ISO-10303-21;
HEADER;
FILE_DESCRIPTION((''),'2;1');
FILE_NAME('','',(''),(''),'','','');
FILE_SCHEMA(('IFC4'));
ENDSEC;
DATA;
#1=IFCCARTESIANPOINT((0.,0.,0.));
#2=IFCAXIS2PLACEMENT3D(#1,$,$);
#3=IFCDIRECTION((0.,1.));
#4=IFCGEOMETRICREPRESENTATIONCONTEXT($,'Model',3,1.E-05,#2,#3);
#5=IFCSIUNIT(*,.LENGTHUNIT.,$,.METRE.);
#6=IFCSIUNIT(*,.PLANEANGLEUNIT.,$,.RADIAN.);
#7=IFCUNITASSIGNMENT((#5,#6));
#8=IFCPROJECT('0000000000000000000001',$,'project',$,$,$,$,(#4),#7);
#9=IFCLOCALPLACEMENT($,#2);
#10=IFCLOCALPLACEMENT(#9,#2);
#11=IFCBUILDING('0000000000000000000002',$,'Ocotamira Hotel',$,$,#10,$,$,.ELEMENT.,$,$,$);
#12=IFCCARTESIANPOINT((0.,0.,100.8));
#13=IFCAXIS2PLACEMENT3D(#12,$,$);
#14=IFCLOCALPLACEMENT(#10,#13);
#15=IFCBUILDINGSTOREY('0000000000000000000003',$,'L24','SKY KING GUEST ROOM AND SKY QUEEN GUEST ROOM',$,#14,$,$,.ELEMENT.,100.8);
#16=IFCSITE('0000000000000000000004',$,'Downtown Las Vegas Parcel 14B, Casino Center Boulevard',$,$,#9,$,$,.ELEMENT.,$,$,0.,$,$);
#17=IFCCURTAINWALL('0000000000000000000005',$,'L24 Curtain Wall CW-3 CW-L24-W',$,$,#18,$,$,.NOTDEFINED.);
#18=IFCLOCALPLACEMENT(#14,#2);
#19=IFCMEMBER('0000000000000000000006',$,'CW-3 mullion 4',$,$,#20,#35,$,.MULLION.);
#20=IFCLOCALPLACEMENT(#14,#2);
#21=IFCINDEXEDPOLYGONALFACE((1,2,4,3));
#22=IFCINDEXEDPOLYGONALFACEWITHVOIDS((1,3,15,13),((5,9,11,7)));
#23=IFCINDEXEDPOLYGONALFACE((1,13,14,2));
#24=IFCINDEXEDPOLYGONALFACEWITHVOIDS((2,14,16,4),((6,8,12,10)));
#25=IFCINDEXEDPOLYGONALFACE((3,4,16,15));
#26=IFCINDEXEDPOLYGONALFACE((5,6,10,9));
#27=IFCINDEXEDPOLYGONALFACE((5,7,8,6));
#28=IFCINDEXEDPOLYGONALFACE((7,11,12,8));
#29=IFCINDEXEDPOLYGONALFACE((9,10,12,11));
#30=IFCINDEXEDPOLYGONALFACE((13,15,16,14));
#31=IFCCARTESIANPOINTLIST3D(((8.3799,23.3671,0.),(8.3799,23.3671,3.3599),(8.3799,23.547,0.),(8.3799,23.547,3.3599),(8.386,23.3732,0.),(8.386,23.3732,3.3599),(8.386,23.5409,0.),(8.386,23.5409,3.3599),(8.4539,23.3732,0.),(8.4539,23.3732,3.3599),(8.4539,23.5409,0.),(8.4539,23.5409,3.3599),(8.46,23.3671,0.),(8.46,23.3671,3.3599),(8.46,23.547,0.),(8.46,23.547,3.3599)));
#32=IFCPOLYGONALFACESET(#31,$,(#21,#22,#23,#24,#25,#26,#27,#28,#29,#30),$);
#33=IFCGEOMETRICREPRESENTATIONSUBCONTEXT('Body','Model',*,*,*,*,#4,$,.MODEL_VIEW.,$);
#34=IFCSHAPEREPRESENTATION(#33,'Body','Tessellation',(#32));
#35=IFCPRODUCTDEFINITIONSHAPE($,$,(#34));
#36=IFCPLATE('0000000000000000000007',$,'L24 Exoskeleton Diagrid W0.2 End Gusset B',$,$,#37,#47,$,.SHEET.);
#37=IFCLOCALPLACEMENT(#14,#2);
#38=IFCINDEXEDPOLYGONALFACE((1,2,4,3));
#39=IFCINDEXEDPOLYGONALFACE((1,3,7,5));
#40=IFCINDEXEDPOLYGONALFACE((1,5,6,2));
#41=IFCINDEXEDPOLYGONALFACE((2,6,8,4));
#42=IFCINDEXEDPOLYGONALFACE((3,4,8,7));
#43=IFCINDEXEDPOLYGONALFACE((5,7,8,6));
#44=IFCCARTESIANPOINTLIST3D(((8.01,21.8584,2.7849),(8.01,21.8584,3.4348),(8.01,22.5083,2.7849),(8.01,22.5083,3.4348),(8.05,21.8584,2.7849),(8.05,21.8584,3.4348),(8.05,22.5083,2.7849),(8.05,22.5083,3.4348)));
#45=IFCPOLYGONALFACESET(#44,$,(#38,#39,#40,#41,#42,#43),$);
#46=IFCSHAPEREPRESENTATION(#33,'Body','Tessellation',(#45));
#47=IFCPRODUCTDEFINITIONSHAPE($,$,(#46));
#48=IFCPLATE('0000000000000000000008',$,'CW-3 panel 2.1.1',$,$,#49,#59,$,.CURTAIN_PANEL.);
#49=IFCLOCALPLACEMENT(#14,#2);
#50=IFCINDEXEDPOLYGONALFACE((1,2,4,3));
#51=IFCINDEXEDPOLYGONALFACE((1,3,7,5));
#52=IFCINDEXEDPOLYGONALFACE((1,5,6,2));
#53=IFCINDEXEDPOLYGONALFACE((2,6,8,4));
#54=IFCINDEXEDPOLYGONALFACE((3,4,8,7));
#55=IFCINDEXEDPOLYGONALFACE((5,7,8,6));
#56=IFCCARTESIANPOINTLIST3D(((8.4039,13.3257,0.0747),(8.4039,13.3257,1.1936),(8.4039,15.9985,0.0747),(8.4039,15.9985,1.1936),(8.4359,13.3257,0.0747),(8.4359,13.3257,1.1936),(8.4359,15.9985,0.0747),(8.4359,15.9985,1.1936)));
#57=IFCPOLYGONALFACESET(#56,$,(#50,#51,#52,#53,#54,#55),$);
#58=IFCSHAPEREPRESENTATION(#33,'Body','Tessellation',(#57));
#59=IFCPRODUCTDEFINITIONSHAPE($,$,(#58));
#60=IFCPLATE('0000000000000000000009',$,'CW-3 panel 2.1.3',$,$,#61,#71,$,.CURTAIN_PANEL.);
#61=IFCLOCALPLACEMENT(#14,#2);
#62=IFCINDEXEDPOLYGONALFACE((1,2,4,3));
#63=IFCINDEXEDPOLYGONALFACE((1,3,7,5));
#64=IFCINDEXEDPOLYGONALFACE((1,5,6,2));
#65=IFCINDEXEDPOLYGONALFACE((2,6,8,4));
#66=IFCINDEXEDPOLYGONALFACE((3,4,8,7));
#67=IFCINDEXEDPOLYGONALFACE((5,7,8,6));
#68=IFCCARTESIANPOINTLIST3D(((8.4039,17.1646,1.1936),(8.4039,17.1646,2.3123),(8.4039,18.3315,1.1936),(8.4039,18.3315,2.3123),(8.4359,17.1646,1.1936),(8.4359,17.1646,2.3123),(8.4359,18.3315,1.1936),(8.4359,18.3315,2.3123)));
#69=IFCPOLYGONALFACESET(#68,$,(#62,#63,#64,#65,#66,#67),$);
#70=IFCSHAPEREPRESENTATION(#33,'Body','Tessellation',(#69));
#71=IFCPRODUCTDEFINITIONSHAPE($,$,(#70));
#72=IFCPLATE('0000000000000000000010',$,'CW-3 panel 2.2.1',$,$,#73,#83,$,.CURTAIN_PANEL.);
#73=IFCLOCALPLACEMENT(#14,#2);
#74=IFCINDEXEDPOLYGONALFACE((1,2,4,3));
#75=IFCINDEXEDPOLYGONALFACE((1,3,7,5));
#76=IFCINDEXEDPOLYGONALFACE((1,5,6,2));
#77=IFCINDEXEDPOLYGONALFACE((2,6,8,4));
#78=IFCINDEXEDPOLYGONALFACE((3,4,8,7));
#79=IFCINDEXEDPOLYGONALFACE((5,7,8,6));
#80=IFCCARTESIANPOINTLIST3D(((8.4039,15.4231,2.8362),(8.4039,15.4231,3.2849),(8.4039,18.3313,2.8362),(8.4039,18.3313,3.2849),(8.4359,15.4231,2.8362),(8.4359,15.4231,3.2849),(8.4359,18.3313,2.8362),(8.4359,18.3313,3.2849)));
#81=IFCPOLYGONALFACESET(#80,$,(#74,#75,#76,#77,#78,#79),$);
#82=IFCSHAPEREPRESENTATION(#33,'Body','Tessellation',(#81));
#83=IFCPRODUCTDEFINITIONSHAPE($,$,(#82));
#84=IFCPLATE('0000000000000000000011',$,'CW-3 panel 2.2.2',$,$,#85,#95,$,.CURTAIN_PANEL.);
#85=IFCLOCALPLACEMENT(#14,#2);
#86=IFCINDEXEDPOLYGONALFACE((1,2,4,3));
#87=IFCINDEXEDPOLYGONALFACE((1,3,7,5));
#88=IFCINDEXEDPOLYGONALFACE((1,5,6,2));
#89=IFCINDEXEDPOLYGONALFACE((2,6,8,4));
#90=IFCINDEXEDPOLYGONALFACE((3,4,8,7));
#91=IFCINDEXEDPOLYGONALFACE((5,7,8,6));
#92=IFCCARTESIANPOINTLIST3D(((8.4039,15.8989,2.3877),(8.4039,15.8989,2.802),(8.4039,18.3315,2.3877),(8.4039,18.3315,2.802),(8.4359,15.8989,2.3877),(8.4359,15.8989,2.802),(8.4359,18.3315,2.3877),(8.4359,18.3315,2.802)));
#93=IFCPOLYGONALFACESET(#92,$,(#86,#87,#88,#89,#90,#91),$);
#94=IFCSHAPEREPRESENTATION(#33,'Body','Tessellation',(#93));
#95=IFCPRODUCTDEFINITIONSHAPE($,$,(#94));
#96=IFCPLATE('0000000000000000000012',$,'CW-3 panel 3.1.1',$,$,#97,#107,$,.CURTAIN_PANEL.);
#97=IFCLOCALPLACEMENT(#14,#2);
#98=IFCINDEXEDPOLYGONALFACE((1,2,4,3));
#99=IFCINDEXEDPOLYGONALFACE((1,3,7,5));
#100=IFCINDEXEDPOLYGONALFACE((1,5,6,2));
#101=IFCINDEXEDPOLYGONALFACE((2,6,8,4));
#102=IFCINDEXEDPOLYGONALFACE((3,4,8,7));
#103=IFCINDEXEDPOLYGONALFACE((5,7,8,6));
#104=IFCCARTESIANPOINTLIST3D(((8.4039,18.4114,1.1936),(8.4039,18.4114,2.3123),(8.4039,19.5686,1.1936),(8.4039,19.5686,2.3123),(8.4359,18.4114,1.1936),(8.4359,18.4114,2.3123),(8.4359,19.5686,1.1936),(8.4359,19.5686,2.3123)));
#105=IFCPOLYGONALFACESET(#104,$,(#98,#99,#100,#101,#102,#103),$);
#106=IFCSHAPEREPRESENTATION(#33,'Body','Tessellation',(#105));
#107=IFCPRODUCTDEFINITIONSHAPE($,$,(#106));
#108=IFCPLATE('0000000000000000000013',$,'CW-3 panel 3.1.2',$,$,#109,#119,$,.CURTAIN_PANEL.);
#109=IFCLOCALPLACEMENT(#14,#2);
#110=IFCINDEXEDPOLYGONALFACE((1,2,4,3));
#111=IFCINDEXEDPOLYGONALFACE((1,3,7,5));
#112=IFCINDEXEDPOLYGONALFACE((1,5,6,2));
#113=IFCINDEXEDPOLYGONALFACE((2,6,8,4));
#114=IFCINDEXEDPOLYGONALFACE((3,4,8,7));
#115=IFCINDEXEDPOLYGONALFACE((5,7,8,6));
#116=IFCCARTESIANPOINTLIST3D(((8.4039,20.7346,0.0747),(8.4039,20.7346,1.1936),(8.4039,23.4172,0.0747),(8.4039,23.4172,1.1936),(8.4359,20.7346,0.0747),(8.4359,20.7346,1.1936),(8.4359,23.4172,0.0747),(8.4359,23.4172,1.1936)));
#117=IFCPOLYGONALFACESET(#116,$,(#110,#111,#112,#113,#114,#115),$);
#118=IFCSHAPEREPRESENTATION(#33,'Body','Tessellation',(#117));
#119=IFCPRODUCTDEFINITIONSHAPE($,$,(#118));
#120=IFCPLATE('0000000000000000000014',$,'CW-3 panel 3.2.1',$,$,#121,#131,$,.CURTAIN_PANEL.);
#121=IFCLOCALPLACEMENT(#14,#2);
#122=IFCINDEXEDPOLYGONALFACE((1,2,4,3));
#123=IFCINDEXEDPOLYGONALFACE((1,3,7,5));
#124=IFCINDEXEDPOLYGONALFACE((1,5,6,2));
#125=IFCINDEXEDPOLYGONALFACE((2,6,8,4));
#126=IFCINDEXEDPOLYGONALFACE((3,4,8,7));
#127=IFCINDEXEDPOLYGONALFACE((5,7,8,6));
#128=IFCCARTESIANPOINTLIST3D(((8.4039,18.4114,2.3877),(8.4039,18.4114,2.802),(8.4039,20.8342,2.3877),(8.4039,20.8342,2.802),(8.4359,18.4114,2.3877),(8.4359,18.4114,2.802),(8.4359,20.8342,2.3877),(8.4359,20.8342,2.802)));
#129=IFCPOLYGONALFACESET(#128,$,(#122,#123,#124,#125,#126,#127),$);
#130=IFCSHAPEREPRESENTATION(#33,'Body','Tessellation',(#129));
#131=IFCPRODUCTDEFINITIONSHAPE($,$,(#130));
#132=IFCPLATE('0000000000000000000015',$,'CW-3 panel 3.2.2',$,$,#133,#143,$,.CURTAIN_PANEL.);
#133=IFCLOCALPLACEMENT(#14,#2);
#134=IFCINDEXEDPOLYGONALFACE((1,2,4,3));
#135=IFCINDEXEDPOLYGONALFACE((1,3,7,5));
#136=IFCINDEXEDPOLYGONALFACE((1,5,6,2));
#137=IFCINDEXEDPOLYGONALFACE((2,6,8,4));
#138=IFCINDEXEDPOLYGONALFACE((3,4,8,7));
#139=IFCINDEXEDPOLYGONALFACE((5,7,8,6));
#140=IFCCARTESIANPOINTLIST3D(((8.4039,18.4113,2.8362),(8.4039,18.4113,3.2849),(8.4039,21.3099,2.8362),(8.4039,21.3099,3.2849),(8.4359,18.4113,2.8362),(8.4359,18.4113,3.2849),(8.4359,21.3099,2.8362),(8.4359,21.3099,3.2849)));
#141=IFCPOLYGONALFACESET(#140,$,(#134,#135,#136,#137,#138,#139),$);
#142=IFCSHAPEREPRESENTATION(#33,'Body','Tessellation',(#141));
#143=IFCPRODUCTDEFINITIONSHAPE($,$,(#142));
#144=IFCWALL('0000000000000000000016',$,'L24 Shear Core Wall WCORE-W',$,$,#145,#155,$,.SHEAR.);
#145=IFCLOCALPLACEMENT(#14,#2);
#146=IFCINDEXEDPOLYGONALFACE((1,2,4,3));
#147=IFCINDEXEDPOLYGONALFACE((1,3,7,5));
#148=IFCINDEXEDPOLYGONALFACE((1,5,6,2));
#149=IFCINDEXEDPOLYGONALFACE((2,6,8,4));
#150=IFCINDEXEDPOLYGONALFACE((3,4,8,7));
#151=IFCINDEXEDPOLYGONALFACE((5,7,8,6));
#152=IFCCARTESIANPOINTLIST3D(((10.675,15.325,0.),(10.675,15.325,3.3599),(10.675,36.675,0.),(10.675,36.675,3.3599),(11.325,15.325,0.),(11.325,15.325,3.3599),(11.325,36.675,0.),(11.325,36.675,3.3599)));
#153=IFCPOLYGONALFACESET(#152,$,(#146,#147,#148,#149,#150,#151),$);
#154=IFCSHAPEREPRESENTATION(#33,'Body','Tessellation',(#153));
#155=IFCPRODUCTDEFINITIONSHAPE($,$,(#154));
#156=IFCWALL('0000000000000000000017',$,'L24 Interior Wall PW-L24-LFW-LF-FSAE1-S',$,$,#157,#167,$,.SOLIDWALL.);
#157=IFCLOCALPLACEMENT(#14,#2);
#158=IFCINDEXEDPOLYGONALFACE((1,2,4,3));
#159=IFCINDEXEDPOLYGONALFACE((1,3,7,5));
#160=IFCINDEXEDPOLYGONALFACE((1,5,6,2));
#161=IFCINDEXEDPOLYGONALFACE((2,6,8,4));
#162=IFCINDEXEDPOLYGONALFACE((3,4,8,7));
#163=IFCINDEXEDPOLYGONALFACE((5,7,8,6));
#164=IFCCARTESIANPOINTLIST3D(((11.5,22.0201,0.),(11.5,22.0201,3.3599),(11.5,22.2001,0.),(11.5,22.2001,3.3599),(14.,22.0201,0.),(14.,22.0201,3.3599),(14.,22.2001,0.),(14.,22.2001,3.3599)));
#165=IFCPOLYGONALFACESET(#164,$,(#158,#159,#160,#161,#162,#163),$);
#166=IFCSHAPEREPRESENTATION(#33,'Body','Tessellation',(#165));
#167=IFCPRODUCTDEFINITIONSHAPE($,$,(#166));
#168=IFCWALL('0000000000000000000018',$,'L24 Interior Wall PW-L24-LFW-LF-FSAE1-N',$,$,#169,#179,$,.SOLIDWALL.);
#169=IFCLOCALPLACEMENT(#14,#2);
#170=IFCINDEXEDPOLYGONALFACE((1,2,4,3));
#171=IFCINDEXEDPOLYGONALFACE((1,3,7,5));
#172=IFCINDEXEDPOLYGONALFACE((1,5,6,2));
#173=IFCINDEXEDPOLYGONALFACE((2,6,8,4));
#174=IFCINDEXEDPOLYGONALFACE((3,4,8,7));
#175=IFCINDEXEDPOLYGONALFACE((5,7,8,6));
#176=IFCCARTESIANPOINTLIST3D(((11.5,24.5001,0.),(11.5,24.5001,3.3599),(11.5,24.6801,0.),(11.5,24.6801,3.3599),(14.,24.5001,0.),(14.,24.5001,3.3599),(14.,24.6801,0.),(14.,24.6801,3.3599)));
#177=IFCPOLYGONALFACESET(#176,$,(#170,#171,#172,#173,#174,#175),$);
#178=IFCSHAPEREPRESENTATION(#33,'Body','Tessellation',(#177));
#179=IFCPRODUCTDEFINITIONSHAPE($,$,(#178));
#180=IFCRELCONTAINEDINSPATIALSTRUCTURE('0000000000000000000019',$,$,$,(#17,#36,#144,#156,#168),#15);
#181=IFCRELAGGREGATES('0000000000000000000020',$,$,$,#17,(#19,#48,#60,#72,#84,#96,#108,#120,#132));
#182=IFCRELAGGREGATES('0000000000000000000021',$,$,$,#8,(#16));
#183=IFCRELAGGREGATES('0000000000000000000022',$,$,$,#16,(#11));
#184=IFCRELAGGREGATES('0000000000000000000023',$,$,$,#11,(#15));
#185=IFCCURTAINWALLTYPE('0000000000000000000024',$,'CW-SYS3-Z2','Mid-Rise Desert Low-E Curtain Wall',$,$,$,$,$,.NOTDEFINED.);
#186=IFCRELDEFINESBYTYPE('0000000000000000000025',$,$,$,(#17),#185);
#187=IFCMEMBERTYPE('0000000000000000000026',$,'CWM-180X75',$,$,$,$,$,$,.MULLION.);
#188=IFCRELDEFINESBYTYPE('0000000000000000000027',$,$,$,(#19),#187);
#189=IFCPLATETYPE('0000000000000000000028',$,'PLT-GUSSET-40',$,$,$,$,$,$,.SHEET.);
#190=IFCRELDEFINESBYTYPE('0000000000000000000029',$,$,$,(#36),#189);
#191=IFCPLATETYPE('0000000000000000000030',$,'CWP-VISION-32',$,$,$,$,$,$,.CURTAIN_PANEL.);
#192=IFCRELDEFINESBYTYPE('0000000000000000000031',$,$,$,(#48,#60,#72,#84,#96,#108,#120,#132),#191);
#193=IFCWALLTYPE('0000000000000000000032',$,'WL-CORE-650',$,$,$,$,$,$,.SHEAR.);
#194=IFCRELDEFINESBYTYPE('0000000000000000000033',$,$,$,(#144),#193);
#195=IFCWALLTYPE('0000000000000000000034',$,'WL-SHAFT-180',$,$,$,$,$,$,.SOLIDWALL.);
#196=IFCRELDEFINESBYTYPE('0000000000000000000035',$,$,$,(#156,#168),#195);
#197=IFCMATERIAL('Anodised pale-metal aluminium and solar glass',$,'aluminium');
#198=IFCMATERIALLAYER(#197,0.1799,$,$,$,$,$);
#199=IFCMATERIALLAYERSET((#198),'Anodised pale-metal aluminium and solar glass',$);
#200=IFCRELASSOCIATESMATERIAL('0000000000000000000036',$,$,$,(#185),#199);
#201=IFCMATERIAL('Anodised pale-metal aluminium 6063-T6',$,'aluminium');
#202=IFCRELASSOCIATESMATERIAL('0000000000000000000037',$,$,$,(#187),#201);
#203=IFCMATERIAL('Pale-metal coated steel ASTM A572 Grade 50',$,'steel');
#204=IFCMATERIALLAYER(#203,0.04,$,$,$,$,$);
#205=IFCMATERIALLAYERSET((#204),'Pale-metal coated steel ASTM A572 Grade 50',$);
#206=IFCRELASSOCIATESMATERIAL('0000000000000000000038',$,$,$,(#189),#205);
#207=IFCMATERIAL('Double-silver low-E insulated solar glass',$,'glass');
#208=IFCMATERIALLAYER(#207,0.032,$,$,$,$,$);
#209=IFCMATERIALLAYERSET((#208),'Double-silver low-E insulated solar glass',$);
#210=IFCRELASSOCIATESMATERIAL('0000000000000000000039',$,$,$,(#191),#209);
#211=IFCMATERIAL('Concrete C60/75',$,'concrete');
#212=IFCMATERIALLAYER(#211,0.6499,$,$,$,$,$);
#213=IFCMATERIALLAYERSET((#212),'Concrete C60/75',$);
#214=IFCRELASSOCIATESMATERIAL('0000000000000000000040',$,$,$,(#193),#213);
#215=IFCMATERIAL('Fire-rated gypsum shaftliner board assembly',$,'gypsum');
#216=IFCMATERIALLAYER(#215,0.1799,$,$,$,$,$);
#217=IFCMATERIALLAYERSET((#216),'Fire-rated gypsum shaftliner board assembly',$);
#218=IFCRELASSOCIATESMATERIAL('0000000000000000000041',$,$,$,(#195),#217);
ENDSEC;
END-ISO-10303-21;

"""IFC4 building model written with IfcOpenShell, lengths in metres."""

from ifc_helpers import new_model, si_unit, direction, frame, frame_2d, origin, origin_2d, place, context, subcontext, project, spatial, rectangle, hollow_rectangle, extrude, source, transform, mapped, material, layer, layer_set, material_profile, profile_set, type_object, element, aggregate, save


model = new_model("IFC4")

# Units and contexts
model_context = context("Model", 3, precision=1e-05, world=origin(), true_north=direction((0.0, 1.0)))
body_context = subcontext(model_context, "Body", "Model", "MODEL_VIEW")
ifc_project = project(units=[si_unit("LENGTHUNIT", "METRE"), si_unit("PLANEANGLEUNIT", "RADIAN")], contexts=[model_context])

# Site, building, storey
site_placement = place(None, origin())
site = spatial("IfcSite", under=ifc_project, at=site_placement, Name="Downtown Las Vegas Parcel 14B, Casino Center Boulevard", CompositionType="ELEMENT", RefElevation=0.0)
building_placement = place(site_placement, origin())
building = spatial("IfcBuilding", under=site, at=building_placement, Name="Ocotamira Hotel", CompositionType="ELEMENT")
storey_placement = place(building_placement, frame((0.0, 0.0, 100.8)))
storey = spatial("IfcBuildingStorey", under=building, at=storey_placement, Name="L24", Description="SKY KING GUEST ROOM AND SKY QUEEN GUEST ROOM", CompositionType="ELEMENT", Elevation=100.8)

# Shared definitions
ifc_material_1 = material(Name="Concrete C60/75", Category="concrete")

# Curtain wall, member
ifc_material_2 = material(Name="Anodised pale-metal aluminium and solar glass", Category="aluminium")
ifc_layer_1 = layer(ifc_material_2, 0.1799)
ifc_layer_set_1 = layer_set([ifc_layer_1], Name="Anodised pale-metal aluminium and solar glass")
curtain_wall_type = type_object("IfcCurtainWallType", Name="CW-SYS3-Z2", Description="Mid-Rise Desert Low-E Curtain Wall", PredefinedType="NOTDEFINED", material=ifc_layer_set_1)
curtain_wall_placement = place(storey_placement, origin())
curtain_wall = element("IfcCurtainWall", 1, at=curtain_wall_placement, inside=storey, type_object=curtain_wall_type, Name="L24 Curtain Wall CW-3 CW-L24-W", PredefinedType="NOTDEFINED")
ifc_material_3 = material(Name="Anodised pale-metal aluminium 6063-T6", Category="aluminium")
ifc_material_profile_1 = material_profile(ifc_material_3, hollow_rectangle(XDim=0.0801, YDim=0.1799, WallThickness=0.0061, at=origin_2d()), Name="HSS180X80X6")
ifc_profile_set_1 = profile_set([ifc_material_profile_1], Name="Anodised pale-metal aluminium 6063-T6")
member_type_1 = type_object("IfcMemberType", Name="CWM-180X75", PredefinedType="MULLION", material=ifc_profile_set_1)
shared_shape_1 = source(origin(), body_context, "Body", "SweptSolid", [
    extrude(hollow_rectangle(XDim=0.0801, YDim=0.1799, WallThickness=0.0061, at=origin_2d()), origin(), (0.0, 0.0, 1.0), 3.3599),
])
member_1_placement = place(storey_placement, frame((8.4199, 23.457, 0.0), z_axis=(0.0, 0.0, 1.0), x_axis=(-1.0, 0.0, 0.0)))
member_1 = element("IfcMember", 2, at=member_1_placement, type_object=member_type_1, Name="CW-3 mullion 4", PredefinedType="MULLION", context=body_context, shape_type="MappedRepresentation", body=[
    mapped(shared_shape_1, transform((0.0, 0.0, 0.0), scale=1.0)),
])

# Plates
ifc_material_4 = material(Name="Pale-metal coated steel ASTM A572 Grade 50", Category="steel")
ifc_layer_2 = layer(ifc_material_4, 0.04)
ifc_layer_set_2 = layer_set([ifc_layer_2], Name="Pale-metal coated steel ASTM A572 Grade 50")
plate_type_1 = type_object("IfcPlateType", Name="PLT-GUSSET-40", PredefinedType="SHEET", material=ifc_layer_set_2)
shared_shape_2 = source(origin(), body_context, "Body", "SweptSolid", [
    extrude(rectangle(XDim=0.04, YDim=0.6499, at=origin_2d()), origin(), (0.0, 0.0, 1.0), 0.6499),
])
plate_1_placement = place(storey_placement, frame((8.03, 22.1833, 2.7849), z_axis=(0.0, 0.0, 1.0), x_axis=(1.0, 0.0, 0.0)))
element("IfcPlate", 3, at=plate_1_placement, inside=storey, type_object=plate_type_1, Name="L24 Exoskeleton Diagrid W0.2 End Gusset B", PredefinedType="SHEET", context=body_context, shape_type="MappedRepresentation", body=[
    mapped(shared_shape_2, transform((0.0, 0.0, 0.0), scale=1.0)),
])
ifc_material_5 = material(Name="Double-silver low-E insulated solar glass", Category="glass")
ifc_layer_3 = layer(ifc_material_5, 0.032)
ifc_layer_set_3 = layer_set([ifc_layer_3], Name="Double-silver low-E insulated solar glass")
plate_type_2 = type_object("IfcPlateType", Name="CWP-VISION-32", PredefinedType="CURTAIN_PANEL", material=ifc_layer_set_3)
shared_shape_3 = source(origin(), body_context, "Body", "SweptSolid", [
    extrude(rectangle(XDim=2.6729, YDim=0.032, at=origin_2d()), origin(), (0.0, 0.0, 1.0), 1.1189),
])
plate_2_placement = place(storey_placement, frame((8.4199, 14.6621, 0.0747), z_axis=(0.0, 0.0, 1.0), x_axis=(0.0, 1.0, 0.0)))
plate_2 = element("IfcPlate", 4, at=plate_2_placement, type_object=plate_type_2, Name="CW-3 panel 2.1.1", PredefinedType="CURTAIN_PANEL", context=body_context, shape_type="MappedRepresentation", body=[
    mapped(shared_shape_3, transform((0.0, 0.0, 0.0), scale=1.0)),
])
shared_shape_4 = source(origin(), body_context, "Body", "SweptSolid", [
    extrude(rectangle(XDim=1.167, YDim=0.032, at=origin_2d()), origin(), (0.0, 0.0, 1.0), 1.1187),
])
plate_3_placement = place(storey_placement, frame((8.4199, 17.748, 1.1936), z_axis=(0.0, 0.0, 1.0), x_axis=(0.0, 1.0, 0.0)))
plate_3 = element("IfcPlate", 5, at=plate_3_placement, type_object=plate_type_2, Name="CW-3 panel 2.1.3", PredefinedType="CURTAIN_PANEL", context=body_context, shape_type="MappedRepresentation", body=[
    mapped(shared_shape_4, transform((0.0, 0.0, 0.0), scale=1.0)),
])
shared_shape_5 = source(origin(), body_context, "Body", "SweptSolid", [
    extrude(rectangle(XDim=2.9082, YDim=0.032, at=origin_2d()), origin(), (0.0, 0.0, 1.0), 0.4487),
])
plate_4_placement = place(storey_placement, frame((8.4199, 16.8772, 2.8362), z_axis=(0.0, 0.0, 1.0), x_axis=(0.0, 1.0, 0.0)))
plate_4 = element("IfcPlate", 6, at=plate_4_placement, type_object=plate_type_2, Name="CW-3 panel 2.2.1", PredefinedType="CURTAIN_PANEL", context=body_context, shape_type="MappedRepresentation", body=[
    mapped(shared_shape_5, transform((0.0, 0.0, 0.0), scale=1.0)),
])
shared_shape_6 = source(origin(), body_context, "Body", "SweptSolid", [
    extrude(rectangle(XDim=2.4326, YDim=0.032, at=origin_2d()), origin(), (0.0, 0.0, 1.0), 0.4143),
])
plate_5_placement = place(storey_placement, frame((8.4199, 17.1152, 2.3877), z_axis=(0.0, 0.0, 1.0), x_axis=(0.0, 1.0, 0.0)))
plate_5 = element("IfcPlate", 7, at=plate_5_placement, type_object=plate_type_2, Name="CW-3 panel 2.2.2", PredefinedType="CURTAIN_PANEL", context=body_context, shape_type="MappedRepresentation", body=[
    mapped(shared_shape_6, transform((0.0, 0.0, 0.0), scale=1.0)),
])
shared_shape_7 = source(origin(), body_context, "Body", "SweptSolid", [
    extrude(rectangle(XDim=1.1572, YDim=0.032, at=origin_2d()), origin(), (0.0, 0.0, 1.0), 1.1187),
])
plate_6_placement = place(storey_placement, frame((8.4199, 18.99, 1.1936), z_axis=(0.0, 0.0, 1.0), x_axis=(0.0, 1.0, 0.0)))
plate_6 = element("IfcPlate", 8, at=plate_6_placement, type_object=plate_type_2, Name="CW-3 panel 3.1.1", PredefinedType="CURTAIN_PANEL", context=body_context, shape_type="MappedRepresentation", body=[
    mapped(shared_shape_7, transform((0.0, 0.0, 0.0), scale=1.0)),
])
shared_shape_8 = source(origin(), body_context, "Body", "SweptSolid", [
    extrude(rectangle(XDim=2.6826, YDim=0.032, at=origin_2d()), origin(), (0.0, 0.0, 1.0), 1.1189),
])
plate_7_placement = place(storey_placement, frame((8.4199, 22.0759, 0.0747), z_axis=(0.0, 0.0, 1.0), x_axis=(0.0, 1.0, 0.0)))
plate_7 = element("IfcPlate", 9, at=plate_7_placement, type_object=plate_type_2, Name="CW-3 panel 3.1.2", PredefinedType="CURTAIN_PANEL", context=body_context, shape_type="MappedRepresentation", body=[
    mapped(shared_shape_8, transform((0.0, 0.0, 0.0), scale=1.0)),
])
shared_shape_9 = source(origin(), body_context, "Body", "SweptSolid", [
    extrude(rectangle(XDim=2.4229, YDim=0.032, at=origin_2d()), origin(), (0.0, 0.0, 1.0), 0.4143),
])
plate_8_placement = place(storey_placement, frame((8.4199, 19.6228, 2.3877), z_axis=(0.0, 0.0, 1.0), x_axis=(0.0, 1.0, 0.0)))
plate_8 = element("IfcPlate", 10, at=plate_8_placement, type_object=plate_type_2, Name="CW-3 panel 3.2.1", PredefinedType="CURTAIN_PANEL", context=body_context, shape_type="MappedRepresentation", body=[
    mapped(shared_shape_9, transform((0.0, 0.0, 0.0), scale=1.0)),
])
shared_shape_10 = source(origin(), body_context, "Body", "SweptSolid", [
    extrude(rectangle(XDim=2.8987, YDim=0.032, at=origin_2d()), origin(), (0.0, 0.0, 1.0), 0.4487),
])
plate_9_placement = place(storey_placement, frame((8.4199, 19.8606, 2.8362), z_axis=(0.0, 0.0, 1.0), x_axis=(0.0, 1.0, 0.0)))
plate_9 = element("IfcPlate", 11, at=plate_9_placement, type_object=plate_type_2, Name="CW-3 panel 3.2.2", PredefinedType="CURTAIN_PANEL", context=body_context, shape_type="MappedRepresentation", body=[
    mapped(shared_shape_10, transform((0.0, 0.0, 0.0), scale=1.0)),
])
aggregate(curtain_wall, [member_1, plate_2, plate_3, plate_4, plate_5, plate_6, plate_7, plate_8, plate_9])

# Shared definitions
ifc_layer_4 = layer(ifc_material_1, 0.6499)
ifc_layer_set_4 = layer_set([ifc_layer_4], Name="Concrete C60/75")
wall_type_1 = type_object("IfcWallType", Name="WL-CORE-650", PredefinedType="SHEAR", material=ifc_layer_set_4)

# Walls
wall_1_placement = place(storey_placement, frame((11.0, 15.325, 0.0), z_axis=(0.0, 0.0, 1.0), x_axis=(0.0, 1.0, 0.0)))
element("IfcWall", 12, at=wall_1_placement, inside=storey, type_object=wall_type_1, Name="L24 Shear Core Wall WCORE-W", PredefinedType="SHEAR", context=body_context, shape_type="SweptSolid", body=[
    extrude(rectangle(XDim=21.3501, YDim=0.6499, at=frame_2d((10.675, 0.0))), origin(), (0.0, 0.0, 1.0), 3.3599),
])
ifc_material_6 = material(Name="Fire-rated gypsum shaftliner board assembly", Category="gypsum")
ifc_layer_5 = layer(ifc_material_6, 0.1799)
ifc_layer_set_5 = layer_set([ifc_layer_5], Name="Fire-rated gypsum shaftliner board assembly")
wall_type_2 = type_object("IfcWallType", Name="WL-SHAFT-180", PredefinedType="SOLIDWALL", material=ifc_layer_set_5)
for number, where, z_axis, x_axis, name in (
    (13, (11.5, 22.1101, 0.0), (0.0, 0.0, 1.0), (1.0, 0.0, 0.0), "L24 Interior Wall PW-L24-LFW-LF-FSAE1-S"),
    (14, (11.5, 24.5901, 0.0), (0.0, 0.0, 1.0), (1.0, 0.0, 0.0), "L24 Interior Wall PW-L24-LFW-LF-FSAE1-N"),
):
    element("IfcWall", number, at=place(storey_placement, frame(where, z_axis=z_axis, x_axis=x_axis)), inside=storey, type_object=wall_type_2, Name=name, PredefinedType="SOLIDWALL", context=body_context, shape_type="SweptSolid", body=[
        extrude(rectangle(XDim=2.5, YDim=0.1799, at=frame_2d((1.25, 0.0))), origin(), (0.0, 0.0, 1.0), 3.3599),
    ])

save(model, "model.ifc")
